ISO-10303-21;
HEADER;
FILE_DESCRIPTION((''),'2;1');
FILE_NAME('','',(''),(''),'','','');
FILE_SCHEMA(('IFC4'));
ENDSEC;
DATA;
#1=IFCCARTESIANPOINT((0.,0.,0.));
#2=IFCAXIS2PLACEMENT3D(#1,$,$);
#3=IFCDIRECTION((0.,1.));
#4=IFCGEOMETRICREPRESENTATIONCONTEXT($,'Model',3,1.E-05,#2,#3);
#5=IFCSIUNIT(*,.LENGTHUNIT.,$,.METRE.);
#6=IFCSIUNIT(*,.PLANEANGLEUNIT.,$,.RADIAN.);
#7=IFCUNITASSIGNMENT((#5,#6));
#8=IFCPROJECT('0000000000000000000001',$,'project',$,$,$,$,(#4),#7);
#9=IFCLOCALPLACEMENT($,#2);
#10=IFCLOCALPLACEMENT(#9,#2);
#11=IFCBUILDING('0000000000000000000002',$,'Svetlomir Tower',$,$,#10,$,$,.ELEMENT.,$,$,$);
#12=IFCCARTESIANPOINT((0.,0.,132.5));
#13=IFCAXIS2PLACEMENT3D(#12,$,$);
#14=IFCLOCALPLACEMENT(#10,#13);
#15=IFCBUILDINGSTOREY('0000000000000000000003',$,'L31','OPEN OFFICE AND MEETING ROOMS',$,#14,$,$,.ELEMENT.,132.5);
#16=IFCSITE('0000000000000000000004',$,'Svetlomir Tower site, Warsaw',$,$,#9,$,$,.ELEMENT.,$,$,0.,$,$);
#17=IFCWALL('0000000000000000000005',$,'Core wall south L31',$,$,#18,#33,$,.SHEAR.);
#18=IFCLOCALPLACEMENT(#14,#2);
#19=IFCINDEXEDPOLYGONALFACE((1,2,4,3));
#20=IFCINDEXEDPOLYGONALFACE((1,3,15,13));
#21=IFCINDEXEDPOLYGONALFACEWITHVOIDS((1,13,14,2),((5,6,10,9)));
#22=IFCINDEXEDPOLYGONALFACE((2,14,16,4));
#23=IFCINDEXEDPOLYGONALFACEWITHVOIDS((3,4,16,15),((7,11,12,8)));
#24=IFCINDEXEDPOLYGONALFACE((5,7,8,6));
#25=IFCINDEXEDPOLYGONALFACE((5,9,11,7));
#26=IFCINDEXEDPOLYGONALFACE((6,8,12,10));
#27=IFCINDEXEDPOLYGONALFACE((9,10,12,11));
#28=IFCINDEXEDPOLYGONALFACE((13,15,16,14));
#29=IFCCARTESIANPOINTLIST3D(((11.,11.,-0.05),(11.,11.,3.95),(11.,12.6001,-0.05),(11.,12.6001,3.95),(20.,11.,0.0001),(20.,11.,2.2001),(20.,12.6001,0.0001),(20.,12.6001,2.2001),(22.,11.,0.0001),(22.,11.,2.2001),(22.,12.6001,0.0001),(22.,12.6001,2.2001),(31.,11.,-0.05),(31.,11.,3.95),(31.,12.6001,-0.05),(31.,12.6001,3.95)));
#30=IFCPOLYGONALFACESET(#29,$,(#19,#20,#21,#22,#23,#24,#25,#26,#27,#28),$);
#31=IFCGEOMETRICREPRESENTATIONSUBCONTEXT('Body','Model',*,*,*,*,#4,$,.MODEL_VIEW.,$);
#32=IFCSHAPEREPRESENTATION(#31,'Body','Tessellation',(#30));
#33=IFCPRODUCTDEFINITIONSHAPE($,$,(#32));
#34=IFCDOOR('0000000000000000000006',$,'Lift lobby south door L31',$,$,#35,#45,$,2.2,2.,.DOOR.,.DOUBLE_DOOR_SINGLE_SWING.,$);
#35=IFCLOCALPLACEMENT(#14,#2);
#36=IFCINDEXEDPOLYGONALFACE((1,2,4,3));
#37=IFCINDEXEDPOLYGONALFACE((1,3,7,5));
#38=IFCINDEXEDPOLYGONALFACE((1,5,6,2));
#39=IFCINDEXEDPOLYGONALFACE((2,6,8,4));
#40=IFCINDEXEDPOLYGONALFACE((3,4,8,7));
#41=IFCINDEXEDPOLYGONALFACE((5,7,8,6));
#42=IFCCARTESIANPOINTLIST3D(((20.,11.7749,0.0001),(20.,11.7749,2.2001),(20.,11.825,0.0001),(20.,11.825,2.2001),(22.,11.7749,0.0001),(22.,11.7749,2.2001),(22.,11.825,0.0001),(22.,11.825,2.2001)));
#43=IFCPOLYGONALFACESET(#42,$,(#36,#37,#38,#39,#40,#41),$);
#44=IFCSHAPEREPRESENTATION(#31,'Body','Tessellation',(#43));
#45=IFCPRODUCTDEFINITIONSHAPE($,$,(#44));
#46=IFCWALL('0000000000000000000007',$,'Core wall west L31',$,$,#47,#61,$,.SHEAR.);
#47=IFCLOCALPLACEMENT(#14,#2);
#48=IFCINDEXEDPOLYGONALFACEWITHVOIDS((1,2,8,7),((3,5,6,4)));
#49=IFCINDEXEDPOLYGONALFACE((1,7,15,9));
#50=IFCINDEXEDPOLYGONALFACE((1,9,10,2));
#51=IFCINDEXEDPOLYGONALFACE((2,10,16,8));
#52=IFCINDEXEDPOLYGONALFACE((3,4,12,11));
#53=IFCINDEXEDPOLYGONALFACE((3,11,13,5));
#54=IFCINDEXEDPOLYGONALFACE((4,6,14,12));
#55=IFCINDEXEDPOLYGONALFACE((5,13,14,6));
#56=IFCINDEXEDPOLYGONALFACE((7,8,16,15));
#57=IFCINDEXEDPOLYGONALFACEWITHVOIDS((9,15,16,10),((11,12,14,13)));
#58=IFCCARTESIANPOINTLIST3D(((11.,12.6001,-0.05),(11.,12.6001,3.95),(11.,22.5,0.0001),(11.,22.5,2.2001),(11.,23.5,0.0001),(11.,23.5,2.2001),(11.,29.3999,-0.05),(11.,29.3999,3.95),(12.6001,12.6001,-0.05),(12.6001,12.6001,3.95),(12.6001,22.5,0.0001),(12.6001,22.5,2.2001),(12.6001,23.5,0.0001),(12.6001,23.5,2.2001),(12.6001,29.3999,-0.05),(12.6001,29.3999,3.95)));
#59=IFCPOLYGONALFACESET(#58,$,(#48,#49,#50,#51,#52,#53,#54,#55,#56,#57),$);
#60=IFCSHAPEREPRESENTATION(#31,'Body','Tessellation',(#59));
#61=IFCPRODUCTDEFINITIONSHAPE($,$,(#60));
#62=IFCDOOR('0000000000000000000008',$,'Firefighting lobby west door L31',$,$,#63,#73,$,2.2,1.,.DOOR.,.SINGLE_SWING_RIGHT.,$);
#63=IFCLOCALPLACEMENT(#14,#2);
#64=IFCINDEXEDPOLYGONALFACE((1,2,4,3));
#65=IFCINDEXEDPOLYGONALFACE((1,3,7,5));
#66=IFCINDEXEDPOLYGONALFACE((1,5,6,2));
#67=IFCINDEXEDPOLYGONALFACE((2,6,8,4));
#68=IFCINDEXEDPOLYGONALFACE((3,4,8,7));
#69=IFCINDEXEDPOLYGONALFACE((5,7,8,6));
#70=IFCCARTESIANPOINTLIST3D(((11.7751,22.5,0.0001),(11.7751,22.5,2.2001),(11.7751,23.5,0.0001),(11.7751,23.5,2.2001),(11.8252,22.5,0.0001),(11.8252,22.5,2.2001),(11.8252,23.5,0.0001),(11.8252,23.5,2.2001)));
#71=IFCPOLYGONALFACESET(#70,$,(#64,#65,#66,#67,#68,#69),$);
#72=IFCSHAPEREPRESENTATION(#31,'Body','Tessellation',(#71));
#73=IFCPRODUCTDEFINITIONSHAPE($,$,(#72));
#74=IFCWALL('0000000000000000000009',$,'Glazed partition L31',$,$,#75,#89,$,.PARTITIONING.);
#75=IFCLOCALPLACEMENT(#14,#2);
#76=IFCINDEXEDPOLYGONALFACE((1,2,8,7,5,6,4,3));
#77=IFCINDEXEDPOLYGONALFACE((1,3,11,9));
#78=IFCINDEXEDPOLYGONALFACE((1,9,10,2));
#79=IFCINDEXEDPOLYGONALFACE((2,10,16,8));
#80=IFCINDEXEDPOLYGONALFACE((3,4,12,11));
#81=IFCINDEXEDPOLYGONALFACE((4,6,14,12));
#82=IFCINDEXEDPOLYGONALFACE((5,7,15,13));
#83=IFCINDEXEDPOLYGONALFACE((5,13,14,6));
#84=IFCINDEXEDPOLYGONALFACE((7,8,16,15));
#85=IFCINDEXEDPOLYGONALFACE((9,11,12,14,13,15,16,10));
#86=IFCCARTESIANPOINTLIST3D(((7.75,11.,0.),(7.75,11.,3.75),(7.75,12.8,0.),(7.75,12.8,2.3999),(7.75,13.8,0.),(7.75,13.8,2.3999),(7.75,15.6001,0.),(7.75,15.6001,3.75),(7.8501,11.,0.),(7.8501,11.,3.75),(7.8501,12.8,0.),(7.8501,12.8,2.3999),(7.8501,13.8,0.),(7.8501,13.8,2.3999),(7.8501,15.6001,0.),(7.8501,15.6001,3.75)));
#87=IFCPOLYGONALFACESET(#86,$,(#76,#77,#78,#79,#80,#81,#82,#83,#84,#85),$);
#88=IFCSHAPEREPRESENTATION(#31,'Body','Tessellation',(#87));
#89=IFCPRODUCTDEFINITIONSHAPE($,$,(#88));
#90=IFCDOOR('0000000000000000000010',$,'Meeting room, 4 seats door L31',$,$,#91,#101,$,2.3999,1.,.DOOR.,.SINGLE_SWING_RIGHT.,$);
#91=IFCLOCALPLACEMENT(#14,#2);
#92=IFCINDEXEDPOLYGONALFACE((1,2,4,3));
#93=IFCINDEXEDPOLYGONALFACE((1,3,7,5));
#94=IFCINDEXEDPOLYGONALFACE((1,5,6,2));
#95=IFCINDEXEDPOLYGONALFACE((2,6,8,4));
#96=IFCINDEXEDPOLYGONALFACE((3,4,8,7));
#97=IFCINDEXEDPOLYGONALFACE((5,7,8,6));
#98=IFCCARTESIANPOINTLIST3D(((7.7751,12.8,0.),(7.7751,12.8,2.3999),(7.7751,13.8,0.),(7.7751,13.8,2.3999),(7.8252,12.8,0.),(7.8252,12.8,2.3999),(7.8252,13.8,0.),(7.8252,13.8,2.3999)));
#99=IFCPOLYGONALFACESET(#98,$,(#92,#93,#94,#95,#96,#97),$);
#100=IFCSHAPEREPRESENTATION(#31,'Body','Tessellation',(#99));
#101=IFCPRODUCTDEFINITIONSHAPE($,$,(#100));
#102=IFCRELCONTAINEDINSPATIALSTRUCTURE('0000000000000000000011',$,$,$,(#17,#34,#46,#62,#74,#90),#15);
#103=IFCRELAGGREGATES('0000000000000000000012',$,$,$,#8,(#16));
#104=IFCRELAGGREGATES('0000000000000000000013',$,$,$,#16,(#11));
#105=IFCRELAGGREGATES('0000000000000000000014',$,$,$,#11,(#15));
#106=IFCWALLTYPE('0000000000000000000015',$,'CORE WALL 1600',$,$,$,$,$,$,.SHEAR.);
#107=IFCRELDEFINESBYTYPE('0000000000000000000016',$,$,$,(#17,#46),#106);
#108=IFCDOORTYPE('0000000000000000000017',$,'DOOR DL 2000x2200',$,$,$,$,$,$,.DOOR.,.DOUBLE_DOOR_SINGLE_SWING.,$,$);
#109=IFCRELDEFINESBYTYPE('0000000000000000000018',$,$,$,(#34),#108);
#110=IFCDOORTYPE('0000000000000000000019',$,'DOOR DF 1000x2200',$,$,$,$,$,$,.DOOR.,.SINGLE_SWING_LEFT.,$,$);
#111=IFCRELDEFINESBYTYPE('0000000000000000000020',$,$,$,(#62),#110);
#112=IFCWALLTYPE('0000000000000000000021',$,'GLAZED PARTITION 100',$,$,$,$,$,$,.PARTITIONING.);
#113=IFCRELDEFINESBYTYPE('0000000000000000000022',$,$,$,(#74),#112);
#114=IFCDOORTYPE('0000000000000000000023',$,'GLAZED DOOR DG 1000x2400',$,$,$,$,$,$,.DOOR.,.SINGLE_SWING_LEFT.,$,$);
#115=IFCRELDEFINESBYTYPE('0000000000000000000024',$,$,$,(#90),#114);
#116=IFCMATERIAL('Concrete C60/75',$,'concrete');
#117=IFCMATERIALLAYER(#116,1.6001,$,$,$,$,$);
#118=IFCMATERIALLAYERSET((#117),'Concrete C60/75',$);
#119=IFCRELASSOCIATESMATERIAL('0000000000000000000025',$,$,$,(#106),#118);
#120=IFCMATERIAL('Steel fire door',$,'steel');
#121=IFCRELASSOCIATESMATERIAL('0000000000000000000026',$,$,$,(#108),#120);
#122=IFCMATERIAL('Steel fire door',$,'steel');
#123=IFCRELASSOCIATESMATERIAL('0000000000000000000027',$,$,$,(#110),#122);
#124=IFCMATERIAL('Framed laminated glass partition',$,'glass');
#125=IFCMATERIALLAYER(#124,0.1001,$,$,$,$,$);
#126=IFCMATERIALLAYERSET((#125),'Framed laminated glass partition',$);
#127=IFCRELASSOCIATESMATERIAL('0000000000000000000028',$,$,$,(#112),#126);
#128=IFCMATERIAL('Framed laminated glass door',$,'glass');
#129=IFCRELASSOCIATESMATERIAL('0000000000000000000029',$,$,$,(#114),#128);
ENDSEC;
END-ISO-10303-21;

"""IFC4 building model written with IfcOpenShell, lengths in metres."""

from ifc_helpers import new_model, si_unit, direction, frame, frame_2d, origin, place, context, subcontext, project, spatial, rectangle, extrude, material, layer, layer_set, type_object, element, fill, save


model = new_model("IFC4")

# Units and contexts
model_context = context("Model", 3, precision=1e-05, world=origin(), true_north=direction((0.0, 1.0)))
body_context = subcontext(model_context, "Body", "Model", "MODEL_VIEW")
ifc_project = project(units=[si_unit("LENGTHUNIT", "METRE"), si_unit("PLANEANGLEUNIT", "RADIAN")], contexts=[model_context])

# Site, building, storey
site_placement = place(None, origin())
site = spatial("IfcSite", under=ifc_project, at=site_placement, Name="Svetlomir Tower site, Warsaw", CompositionType="ELEMENT", RefElevation=0.0)
building_placement = place(site_placement, origin())
building = spatial("IfcBuilding", under=site, at=building_placement, Name="Svetlomir Tower", CompositionType="ELEMENT")
storey_placement = place(building_placement, frame((0.0, 0.0, 132.5)))
storey = spatial("IfcBuildingStorey", under=building, at=storey_placement, Name="L31", Description="OPEN OFFICE AND MEETING ROOMS", CompositionType="ELEMENT", Elevation=132.5)

# Walls, openings, doors
ifc_material_1 = material(Name="Concrete C60/75", Category="concrete")
ifc_layer_1 = layer(ifc_material_1, 1.6001)
ifc_layer_set_1 = layer_set([ifc_layer_1], Name="Concrete C60/75")
wall_type_1 = type_object("IfcWallType", Name="CORE WALL 1600", PredefinedType="SHEAR", material=ifc_layer_set_1)
wall_1_placement = place(storey_placement, frame((11.0, 11.8, -0.05), z_axis=(0.0, 0.0, 1.0), x_axis=(1.0, 0.0, 0.0)))
wall_1 = element("IfcWall", 1, at=wall_1_placement, inside=storey, type_object=wall_type_1, Name="Core wall south L31", PredefinedType="SHEAR", context=body_context, shape_type="SweptSolid", body=[
    extrude(rectangle(XDim=20.0, YDim=1.6001, at=frame_2d((10.0, 0.0))), origin(), (0.0, 0.0, 1.0), 4.0),
])
opening_1_placement = place(wall_1_placement, frame((9.0, 0.0, 0.05)))
opening_1 = element("IfcOpeningElement", 2, at=opening_1_placement, cuts=wall_1, PredefinedType="OPENING", context=body_context, shape_type="SweptSolid", body=[
    extrude(rectangle(XDim=2.0, YDim=2.2, at=frame_2d((1.0, 1.1001))), frame((0.0, 0.8101, 0.0), z_axis=(0.0, -1.0, 0.0), x_axis=(1.0, 0.0, 0.0)), (0.0, 0.0, 1.0), 1.6201),
])
ifc_material_2 = material(Name="Steel fire door", Category="steel")
door_type_1 = type_object("IfcDoorType", Name="DOOR DL 2000x2200", OperationType="DOUBLE_DOOR_SINGLE_SWING", PredefinedType="DOOR", material=ifc_material_2)
door_1_placement = place(opening_1_placement, origin())
door_1 = element("IfcDoor", 3, at=door_1_placement, inside=storey, type_object=door_type_1, Name="Lift lobby south door L31", OperationType="DOUBLE_DOOR_SINGLE_SWING", OverallHeight=2.2, OverallWidth=2.0, PredefinedType="DOOR", context=body_context, shape_type="SweptSolid", body=[
    extrude(rectangle(XDim=2.0, YDim=2.2, at=frame_2d((1.0, 1.1001))), frame((0.0, 0.0249, 0.0), z_axis=(0.0, -1.0, 0.0), x_axis=(1.0, 0.0, 0.0)), (0.0, 0.0, 1.0), 0.05),
])
fill(opening_1, door_1)
wall_2_placement = place(storey_placement, frame((11.8, 12.6001, -0.05), z_axis=(0.0, 0.0, 1.0), x_axis=(0.0, 1.0, 0.0)))
wall_2 = element("IfcWall", 4, at=wall_2_placement, inside=storey, type_object=wall_type_1, Name="Core wall west L31", PredefinedType="SHEAR", context=body_context, shape_type="SweptSolid", body=[
    extrude(rectangle(XDim=16.7998, YDim=1.6001, at=frame_2d((8.3999, 0.0))), origin(), (0.0, 0.0, 1.0), 4.0),
])
opening_2_placement = place(wall_2_placement, frame((9.8999, 0.0, 0.05)))
opening_2 = element("IfcOpeningElement", 5, at=opening_2_placement, cuts=wall_2, PredefinedType="OPENING", context=body_context, shape_type="SweptSolid", body=[
    extrude(rectangle(XDim=1.0, YDim=2.2, at=frame_2d((0.5, 1.1001))), frame((0.0, 0.8101, 0.0), z_axis=(0.0, -1.0, 0.0), x_axis=(1.0, 0.0, 0.0)), (0.0, 0.0, 1.0), 1.6201),
])
ifc_material_3 = material(Name="Steel fire door", Category="steel")
door_type_2 = type_object("IfcDoorType", Name="DOOR DF 1000x2200", OperationType="SINGLE_SWING_LEFT", PredefinedType="DOOR", material=ifc_material_3)
door_2_placement = place(opening_2_placement, origin())
door_2 = element("IfcDoor", 6, at=door_2_placement, inside=storey, type_object=door_type_2, Name="Firefighting lobby west door L31", OperationType="SINGLE_SWING_RIGHT", OverallHeight=2.2, OverallWidth=1.0, PredefinedType="DOOR", context=body_context, shape_type="SweptSolid", body=[
    extrude(rectangle(XDim=1.0, YDim=2.2, at=frame_2d((0.5, 1.1001))), frame((0.0, 0.0249, 0.0), z_axis=(0.0, -1.0, 0.0), x_axis=(1.0, 0.0, 0.0)), (0.0, 0.0, 1.0), 0.05),
])
fill(opening_2, door_2)
ifc_material_4 = material(Name="Framed laminated glass partition", Category="glass")
ifc_layer_2 = layer(ifc_material_4, 0.1001)
ifc_layer_set_2 = layer_set([ifc_layer_2], Name="Framed laminated glass partition")
wall_type_2 = type_object("IfcWallType", Name="GLAZED PARTITION 100", PredefinedType="PARTITIONING", material=ifc_layer_set_2)
wall_3_placement = place(storey_placement, frame((7.8, 11.0, 0.0), z_axis=(0.0, 0.0, 1.0), x_axis=(0.0, 1.0, 0.0)))
wall_3 = element("IfcWall", 7, at=wall_3_placement, inside=storey, type_object=wall_type_2, Name="Glazed partition L31", PredefinedType="PARTITIONING", context=body_context, shape_type="SweptSolid", body=[
    extrude(rectangle(XDim=4.6001, YDim=0.1001, at=frame_2d((2.3, 0.0))), origin(), (0.0, 0.0, 1.0), 3.75),
])
opening_3_placement = place(wall_3_placement, frame((1.8, 0.0, 0.0)))
opening_3 = element("IfcOpeningElement", 8, at=opening_3_placement, cuts=wall_3, PredefinedType="OPENING", context=body_context, shape_type="SweptSolid", body=[
    extrude(rectangle(XDim=1.0, YDim=2.3999, at=frame_2d((0.5, 1.2))), frame((0.0, 0.0601, 0.0), z_axis=(0.0, -1.0, 0.0), x_axis=(1.0, 0.0, 0.0)), (0.0, 0.0, 1.0), 0.1201),
])
ifc_material_5 = material(Name="Framed laminated glass door", Category="glass")
door_type_3 = type_object("IfcDoorType", Name="GLAZED DOOR DG 1000x2400", OperationType="SINGLE_SWING_LEFT", PredefinedType="DOOR", material=ifc_material_5)
door_3_placement = place(opening_3_placement, origin())
door_3 = element("IfcDoor", 9, at=door_3_placement, inside=storey, type_object=door_type_3, Name="Meeting room, 4 seats door L31", OperationType="SINGLE_SWING_RIGHT", OverallHeight=2.3999, OverallWidth=1.0, PredefinedType="DOOR", context=body_context, shape_type="SweptSolid", body=[
    extrude(rectangle(XDim=1.0, YDim=2.3999, at=frame_2d((0.5, 1.2))), frame((0.0, 0.0249, 0.0), z_axis=(0.0, -1.0, 0.0), x_axis=(1.0, 0.0, 0.0)), (0.0, 0.0, 1.0), 0.05),
])
fill(opening_3, door_3)

save(model, "model.ifc")
